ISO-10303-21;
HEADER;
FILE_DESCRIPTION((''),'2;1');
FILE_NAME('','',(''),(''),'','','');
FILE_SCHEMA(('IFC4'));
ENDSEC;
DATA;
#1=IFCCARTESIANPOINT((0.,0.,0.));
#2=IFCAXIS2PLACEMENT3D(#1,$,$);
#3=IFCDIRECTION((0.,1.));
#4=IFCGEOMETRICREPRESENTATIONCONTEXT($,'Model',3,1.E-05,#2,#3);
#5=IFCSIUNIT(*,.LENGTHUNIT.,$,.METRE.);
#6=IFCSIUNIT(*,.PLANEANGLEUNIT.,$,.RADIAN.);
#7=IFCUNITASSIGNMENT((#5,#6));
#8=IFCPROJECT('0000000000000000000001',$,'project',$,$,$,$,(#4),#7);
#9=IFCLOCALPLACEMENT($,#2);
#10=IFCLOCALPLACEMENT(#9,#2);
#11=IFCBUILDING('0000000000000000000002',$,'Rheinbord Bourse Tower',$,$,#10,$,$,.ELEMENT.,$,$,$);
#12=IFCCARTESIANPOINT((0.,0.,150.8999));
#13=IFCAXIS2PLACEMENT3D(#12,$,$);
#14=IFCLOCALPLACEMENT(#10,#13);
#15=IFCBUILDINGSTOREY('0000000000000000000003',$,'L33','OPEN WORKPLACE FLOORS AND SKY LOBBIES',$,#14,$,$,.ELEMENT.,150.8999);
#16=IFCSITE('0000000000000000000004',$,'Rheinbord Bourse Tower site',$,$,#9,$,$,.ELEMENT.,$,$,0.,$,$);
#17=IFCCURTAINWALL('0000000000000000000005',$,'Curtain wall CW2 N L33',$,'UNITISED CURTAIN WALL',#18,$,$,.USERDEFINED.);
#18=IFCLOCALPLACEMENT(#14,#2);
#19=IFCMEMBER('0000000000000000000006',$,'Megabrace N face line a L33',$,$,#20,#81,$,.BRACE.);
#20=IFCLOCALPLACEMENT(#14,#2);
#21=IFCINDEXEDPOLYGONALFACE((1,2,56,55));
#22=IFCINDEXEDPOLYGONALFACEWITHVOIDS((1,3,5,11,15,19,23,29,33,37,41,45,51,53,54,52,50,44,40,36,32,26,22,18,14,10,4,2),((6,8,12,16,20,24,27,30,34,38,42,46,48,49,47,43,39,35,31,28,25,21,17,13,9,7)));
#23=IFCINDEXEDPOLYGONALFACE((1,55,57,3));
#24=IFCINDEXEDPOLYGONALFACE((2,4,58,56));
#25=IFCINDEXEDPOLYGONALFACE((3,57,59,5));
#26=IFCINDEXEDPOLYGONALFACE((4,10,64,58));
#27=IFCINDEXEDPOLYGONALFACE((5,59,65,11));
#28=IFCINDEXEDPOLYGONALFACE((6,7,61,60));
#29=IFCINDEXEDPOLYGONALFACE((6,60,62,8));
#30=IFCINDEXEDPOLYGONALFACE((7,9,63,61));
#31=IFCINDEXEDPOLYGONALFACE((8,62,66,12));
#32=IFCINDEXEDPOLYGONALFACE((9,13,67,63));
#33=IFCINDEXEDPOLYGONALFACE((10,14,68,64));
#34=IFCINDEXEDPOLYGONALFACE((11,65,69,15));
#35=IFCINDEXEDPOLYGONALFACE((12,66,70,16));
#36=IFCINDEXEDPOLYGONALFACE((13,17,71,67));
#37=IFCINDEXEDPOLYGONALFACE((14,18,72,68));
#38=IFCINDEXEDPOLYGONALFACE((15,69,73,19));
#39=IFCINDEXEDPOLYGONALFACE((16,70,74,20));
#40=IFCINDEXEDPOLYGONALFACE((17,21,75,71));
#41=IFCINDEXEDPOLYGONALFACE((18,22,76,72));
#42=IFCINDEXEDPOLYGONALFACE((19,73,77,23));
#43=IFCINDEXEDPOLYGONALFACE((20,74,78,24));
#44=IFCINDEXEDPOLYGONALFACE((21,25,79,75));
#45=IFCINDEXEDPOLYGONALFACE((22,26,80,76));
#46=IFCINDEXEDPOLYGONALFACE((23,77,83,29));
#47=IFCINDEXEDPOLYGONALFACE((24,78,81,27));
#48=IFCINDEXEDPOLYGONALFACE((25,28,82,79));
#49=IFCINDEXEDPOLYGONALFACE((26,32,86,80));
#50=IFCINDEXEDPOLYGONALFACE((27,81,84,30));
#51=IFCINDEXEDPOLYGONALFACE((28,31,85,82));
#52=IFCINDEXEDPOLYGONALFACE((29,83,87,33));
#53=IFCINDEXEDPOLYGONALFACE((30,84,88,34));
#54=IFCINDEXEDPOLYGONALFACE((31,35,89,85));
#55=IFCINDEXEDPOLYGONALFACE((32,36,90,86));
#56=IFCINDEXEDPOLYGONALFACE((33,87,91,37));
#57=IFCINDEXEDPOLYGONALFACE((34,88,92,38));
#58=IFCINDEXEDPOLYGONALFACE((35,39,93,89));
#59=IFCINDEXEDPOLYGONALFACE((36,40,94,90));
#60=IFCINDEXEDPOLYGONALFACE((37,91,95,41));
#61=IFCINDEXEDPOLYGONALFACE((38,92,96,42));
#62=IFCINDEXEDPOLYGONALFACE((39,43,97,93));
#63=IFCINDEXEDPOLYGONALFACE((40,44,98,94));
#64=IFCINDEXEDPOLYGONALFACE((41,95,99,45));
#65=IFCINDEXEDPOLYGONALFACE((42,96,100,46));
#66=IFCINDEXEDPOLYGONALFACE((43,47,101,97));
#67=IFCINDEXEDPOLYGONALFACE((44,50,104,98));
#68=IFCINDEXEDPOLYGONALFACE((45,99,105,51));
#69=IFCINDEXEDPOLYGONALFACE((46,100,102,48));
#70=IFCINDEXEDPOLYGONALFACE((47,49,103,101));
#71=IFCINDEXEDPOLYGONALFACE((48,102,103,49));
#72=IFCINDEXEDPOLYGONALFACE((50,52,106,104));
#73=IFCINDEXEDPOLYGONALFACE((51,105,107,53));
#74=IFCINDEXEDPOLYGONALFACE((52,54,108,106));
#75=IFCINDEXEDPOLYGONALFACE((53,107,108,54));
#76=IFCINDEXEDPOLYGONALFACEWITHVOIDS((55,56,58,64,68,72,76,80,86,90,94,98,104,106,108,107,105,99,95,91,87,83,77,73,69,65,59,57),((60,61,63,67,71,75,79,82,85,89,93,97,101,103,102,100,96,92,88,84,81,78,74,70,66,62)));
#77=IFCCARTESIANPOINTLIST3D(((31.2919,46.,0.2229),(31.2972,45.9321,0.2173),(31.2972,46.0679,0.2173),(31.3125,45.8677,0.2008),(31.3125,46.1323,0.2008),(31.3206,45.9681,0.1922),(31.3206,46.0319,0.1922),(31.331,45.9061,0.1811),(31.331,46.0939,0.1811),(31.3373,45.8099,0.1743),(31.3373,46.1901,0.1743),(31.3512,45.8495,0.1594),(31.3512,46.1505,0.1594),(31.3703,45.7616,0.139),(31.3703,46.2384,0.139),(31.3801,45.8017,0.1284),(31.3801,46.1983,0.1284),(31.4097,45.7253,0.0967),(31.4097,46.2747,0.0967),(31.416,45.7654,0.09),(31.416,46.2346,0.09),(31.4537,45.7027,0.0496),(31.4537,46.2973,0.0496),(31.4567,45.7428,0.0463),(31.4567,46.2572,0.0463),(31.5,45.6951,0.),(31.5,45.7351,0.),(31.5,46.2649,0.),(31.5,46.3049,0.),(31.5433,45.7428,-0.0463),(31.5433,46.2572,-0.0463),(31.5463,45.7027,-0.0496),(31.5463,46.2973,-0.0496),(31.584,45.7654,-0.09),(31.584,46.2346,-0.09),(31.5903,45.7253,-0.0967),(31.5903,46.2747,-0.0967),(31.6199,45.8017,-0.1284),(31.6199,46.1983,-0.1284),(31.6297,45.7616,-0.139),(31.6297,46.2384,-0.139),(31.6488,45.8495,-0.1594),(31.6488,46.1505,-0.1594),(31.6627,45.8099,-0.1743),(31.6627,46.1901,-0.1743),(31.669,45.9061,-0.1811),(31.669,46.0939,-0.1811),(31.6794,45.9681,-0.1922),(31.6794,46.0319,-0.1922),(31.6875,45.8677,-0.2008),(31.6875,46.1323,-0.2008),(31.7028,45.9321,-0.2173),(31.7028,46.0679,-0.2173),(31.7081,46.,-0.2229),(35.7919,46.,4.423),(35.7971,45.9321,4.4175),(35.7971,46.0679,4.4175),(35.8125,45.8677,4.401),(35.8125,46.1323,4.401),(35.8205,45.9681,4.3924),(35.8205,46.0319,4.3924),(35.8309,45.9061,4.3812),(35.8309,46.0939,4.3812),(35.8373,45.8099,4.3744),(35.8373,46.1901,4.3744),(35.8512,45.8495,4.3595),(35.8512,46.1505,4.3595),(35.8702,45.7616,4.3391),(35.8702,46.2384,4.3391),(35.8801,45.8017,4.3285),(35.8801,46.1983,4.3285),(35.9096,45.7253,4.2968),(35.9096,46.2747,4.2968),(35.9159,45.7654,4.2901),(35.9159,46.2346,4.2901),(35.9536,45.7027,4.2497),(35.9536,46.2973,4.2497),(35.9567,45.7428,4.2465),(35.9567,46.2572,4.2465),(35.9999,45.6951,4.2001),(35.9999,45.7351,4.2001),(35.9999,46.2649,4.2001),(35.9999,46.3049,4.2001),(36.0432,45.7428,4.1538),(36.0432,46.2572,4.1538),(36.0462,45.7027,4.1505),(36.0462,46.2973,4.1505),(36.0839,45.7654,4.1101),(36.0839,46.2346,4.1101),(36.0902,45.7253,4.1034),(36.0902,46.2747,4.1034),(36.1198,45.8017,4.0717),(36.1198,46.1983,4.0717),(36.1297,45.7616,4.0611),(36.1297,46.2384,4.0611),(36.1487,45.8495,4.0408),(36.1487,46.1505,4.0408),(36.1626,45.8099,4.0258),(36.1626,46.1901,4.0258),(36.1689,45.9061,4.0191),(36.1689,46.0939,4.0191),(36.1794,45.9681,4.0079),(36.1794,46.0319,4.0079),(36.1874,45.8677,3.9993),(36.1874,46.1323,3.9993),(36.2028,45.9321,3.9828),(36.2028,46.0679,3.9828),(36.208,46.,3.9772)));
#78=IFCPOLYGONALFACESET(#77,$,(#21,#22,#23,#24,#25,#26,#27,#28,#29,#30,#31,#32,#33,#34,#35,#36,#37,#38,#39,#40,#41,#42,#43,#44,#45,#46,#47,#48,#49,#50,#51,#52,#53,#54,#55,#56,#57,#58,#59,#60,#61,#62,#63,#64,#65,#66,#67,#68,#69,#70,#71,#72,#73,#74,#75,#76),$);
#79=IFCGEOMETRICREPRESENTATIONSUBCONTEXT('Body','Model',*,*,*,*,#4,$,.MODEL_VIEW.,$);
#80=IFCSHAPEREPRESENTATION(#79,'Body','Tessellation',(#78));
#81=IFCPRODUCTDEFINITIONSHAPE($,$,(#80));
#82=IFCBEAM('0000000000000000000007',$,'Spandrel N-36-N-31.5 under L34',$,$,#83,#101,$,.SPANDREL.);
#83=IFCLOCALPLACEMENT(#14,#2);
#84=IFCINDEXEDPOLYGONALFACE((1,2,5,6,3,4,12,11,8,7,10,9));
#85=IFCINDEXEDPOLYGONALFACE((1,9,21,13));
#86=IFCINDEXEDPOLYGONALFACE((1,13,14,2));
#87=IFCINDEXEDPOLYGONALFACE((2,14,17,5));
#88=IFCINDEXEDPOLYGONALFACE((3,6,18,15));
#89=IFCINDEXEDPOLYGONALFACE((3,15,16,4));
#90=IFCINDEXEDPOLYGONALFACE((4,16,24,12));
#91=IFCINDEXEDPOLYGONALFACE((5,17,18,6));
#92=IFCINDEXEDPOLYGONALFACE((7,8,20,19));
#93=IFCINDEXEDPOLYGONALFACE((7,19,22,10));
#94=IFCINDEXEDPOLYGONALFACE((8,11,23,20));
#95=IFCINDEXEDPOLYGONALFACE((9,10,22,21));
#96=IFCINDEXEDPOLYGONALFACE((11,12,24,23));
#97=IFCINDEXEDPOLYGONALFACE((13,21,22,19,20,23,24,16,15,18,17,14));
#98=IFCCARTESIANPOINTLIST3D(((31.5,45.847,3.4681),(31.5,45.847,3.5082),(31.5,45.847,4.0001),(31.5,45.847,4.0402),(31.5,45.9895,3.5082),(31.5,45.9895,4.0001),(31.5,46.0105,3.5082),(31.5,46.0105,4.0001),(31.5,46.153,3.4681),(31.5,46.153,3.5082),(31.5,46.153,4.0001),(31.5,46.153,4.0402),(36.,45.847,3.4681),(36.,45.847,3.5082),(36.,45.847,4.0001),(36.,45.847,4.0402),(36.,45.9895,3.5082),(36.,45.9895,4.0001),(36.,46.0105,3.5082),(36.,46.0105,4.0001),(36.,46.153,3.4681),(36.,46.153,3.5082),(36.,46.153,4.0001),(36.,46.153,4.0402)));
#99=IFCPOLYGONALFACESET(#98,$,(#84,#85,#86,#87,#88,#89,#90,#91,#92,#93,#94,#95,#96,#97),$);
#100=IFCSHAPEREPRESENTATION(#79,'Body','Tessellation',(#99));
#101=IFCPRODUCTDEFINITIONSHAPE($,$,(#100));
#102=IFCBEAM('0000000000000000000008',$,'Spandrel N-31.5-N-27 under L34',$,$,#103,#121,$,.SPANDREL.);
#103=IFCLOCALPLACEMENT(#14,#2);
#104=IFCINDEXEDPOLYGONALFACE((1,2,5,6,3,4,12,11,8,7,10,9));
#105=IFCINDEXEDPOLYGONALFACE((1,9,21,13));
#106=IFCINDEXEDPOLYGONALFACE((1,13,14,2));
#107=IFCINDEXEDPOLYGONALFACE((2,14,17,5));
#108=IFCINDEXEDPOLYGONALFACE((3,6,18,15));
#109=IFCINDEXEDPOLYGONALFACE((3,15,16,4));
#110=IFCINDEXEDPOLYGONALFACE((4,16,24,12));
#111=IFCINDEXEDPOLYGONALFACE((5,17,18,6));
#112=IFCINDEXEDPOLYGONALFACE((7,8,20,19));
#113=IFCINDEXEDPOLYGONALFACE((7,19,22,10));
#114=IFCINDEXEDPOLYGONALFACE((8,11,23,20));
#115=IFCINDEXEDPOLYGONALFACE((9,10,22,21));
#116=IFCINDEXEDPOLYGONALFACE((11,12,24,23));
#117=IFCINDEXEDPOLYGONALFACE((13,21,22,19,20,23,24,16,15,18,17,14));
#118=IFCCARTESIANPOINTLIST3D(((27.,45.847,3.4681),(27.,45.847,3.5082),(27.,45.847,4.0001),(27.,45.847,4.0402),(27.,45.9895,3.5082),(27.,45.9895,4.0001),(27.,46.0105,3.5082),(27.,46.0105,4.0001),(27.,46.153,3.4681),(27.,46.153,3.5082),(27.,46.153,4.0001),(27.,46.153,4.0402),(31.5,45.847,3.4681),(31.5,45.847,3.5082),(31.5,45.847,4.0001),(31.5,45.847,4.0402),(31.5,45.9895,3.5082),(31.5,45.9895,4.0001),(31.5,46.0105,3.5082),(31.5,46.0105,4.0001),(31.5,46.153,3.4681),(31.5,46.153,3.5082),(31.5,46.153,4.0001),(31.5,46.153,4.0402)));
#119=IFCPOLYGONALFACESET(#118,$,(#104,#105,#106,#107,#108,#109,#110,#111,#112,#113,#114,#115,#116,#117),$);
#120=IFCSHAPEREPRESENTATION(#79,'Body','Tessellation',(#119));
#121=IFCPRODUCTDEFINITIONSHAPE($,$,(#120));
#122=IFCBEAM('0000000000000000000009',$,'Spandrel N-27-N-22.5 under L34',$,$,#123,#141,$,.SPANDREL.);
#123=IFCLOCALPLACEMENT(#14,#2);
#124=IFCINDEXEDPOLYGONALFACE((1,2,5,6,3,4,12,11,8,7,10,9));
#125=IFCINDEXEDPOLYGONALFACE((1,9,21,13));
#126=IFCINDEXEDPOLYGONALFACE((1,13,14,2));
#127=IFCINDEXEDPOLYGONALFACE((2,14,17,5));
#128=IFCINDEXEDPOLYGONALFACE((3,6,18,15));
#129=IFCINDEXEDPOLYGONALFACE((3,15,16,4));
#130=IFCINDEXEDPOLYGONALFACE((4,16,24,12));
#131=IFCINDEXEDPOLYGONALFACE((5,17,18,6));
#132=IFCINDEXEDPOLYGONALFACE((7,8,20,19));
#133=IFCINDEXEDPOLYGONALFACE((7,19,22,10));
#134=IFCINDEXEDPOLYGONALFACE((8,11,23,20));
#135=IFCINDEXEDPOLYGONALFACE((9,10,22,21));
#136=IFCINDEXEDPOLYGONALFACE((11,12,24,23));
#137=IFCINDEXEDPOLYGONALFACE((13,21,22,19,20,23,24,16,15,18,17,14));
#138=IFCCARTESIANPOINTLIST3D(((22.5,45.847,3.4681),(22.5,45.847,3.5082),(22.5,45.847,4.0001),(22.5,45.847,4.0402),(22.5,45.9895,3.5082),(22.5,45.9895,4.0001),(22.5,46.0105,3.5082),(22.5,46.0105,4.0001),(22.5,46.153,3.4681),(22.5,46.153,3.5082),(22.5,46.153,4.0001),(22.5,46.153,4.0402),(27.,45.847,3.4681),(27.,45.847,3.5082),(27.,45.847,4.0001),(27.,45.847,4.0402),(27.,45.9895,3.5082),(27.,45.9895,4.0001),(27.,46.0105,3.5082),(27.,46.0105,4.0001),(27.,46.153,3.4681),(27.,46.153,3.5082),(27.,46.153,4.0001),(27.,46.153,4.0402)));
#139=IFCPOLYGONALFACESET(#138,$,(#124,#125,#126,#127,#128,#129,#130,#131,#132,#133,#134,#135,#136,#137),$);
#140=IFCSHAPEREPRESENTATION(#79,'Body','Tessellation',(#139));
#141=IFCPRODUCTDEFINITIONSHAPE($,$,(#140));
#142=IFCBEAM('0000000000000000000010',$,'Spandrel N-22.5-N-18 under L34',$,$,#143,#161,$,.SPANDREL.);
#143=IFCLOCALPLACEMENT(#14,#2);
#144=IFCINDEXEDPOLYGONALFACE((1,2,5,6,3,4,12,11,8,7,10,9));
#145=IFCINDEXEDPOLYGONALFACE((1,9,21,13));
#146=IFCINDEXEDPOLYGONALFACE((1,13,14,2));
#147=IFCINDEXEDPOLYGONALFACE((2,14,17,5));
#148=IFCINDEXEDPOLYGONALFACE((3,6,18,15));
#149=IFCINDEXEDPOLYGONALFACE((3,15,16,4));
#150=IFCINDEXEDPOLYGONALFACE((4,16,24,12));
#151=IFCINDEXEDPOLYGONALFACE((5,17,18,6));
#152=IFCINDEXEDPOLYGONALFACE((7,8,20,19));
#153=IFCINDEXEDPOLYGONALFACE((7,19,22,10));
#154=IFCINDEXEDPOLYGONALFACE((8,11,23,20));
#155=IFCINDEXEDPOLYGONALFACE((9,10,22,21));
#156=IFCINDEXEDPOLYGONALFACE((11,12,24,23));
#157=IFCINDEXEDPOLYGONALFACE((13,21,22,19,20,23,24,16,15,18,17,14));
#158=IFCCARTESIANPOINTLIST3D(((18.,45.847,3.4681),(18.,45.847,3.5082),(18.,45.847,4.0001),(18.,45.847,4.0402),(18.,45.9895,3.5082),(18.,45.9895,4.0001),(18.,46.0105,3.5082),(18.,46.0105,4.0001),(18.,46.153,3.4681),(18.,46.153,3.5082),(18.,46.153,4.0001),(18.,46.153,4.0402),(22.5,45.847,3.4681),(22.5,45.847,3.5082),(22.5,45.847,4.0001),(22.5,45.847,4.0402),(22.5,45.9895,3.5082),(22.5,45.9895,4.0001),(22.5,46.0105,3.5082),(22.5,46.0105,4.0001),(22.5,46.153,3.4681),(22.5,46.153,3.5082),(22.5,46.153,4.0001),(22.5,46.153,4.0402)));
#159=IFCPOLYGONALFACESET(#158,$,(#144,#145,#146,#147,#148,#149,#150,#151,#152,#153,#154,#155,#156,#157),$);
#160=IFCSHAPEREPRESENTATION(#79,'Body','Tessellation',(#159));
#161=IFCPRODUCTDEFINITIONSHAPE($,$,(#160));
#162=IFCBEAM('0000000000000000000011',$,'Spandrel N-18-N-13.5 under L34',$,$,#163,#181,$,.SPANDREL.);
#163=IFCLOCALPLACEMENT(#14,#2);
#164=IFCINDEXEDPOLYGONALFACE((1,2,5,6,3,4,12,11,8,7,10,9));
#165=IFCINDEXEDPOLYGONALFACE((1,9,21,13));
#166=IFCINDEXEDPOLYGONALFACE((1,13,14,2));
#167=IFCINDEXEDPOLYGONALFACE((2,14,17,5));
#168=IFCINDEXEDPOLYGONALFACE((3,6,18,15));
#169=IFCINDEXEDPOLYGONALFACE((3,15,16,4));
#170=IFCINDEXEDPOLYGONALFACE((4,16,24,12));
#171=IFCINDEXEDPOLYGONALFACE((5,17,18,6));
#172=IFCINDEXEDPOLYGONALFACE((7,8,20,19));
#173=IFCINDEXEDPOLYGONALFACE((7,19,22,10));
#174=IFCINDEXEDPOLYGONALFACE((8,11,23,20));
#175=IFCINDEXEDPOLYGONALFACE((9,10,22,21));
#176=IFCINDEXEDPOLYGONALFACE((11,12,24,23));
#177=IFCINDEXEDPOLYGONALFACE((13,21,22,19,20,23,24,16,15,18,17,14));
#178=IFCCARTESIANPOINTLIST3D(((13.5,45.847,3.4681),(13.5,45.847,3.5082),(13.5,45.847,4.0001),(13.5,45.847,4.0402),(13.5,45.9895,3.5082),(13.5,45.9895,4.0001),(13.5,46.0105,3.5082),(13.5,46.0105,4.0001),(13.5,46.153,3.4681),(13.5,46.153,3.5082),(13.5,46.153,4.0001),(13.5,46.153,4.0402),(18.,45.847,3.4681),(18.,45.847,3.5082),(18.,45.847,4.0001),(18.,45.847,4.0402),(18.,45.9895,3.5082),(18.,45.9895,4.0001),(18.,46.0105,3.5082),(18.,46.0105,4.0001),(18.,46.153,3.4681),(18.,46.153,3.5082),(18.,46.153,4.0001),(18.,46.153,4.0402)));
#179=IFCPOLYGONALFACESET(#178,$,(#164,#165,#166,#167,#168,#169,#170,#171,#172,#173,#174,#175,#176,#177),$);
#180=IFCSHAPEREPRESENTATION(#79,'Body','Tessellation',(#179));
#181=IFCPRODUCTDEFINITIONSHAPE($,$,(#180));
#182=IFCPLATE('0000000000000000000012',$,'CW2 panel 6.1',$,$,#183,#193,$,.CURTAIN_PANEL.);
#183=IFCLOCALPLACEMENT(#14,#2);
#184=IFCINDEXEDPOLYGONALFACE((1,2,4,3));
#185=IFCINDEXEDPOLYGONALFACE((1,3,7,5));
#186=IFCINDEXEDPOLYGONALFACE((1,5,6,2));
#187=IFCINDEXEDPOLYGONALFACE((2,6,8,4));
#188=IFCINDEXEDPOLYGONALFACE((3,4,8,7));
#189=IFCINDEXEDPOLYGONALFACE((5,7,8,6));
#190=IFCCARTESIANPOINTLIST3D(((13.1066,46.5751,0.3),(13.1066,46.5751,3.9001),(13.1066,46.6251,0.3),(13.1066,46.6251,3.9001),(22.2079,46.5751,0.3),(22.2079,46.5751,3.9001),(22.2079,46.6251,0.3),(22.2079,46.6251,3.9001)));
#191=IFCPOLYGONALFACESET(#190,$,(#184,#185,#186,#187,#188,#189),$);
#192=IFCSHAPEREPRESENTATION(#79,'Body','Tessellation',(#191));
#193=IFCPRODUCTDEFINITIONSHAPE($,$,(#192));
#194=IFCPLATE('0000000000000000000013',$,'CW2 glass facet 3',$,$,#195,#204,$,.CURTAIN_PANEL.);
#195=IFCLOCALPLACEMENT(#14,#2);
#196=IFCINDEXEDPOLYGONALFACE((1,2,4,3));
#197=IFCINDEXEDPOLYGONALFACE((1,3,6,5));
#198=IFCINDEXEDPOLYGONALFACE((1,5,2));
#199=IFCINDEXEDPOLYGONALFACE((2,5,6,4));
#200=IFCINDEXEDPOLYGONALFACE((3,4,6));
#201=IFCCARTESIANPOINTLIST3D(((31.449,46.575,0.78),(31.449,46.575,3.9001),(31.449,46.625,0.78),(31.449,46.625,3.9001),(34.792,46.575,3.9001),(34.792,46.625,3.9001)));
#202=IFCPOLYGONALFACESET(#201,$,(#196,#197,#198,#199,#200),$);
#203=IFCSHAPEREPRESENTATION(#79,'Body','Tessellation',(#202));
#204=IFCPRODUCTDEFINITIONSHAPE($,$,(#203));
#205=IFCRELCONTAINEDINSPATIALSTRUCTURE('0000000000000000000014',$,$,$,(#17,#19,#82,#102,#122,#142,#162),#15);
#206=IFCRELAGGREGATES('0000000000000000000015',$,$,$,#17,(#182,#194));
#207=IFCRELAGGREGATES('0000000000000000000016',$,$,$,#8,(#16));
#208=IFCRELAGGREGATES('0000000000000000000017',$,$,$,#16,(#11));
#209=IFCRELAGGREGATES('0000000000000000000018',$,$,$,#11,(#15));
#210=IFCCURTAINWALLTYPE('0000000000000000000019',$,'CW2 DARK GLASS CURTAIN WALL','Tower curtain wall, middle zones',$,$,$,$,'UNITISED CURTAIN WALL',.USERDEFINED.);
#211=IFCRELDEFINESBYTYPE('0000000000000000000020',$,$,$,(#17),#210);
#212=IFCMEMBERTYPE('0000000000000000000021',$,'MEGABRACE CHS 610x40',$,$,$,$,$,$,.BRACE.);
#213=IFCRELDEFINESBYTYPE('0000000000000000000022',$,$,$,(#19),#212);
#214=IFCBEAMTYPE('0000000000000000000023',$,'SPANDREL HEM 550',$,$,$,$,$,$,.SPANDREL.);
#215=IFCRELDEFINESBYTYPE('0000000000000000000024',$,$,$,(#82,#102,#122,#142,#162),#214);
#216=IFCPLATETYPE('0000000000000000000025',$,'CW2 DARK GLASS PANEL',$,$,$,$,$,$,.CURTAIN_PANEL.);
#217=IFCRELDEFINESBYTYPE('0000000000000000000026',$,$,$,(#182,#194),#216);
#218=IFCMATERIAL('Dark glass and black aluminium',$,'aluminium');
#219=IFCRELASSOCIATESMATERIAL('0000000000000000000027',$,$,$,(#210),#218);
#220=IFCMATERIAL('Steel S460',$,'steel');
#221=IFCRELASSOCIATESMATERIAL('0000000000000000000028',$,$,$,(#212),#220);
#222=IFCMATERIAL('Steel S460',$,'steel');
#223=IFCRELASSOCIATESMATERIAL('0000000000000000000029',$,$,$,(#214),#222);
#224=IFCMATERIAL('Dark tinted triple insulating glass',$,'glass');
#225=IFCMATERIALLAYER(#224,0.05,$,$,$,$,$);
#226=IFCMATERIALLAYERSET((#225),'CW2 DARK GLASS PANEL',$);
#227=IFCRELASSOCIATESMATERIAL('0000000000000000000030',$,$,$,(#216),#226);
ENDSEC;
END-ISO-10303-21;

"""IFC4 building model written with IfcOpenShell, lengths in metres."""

from ifc_helpers import new_model, si_unit, direction, frame, origin, origin_2d, place, context, subcontext, project, spatial, polyline, rectangle, hollow_circle, i_section, outline, extrude, material, layer, layer_set, material_profile, profile_set, type_object, element, aggregate, save


model = new_model("IFC4")

# Units and contexts
model_context = context("Model", 3, precision=1e-05, world=origin(), true_north=direction((0.0, 1.0)))
body_context = subcontext(model_context, "Body", "Model", "MODEL_VIEW")
ifc_project = project(units=[si_unit("LENGTHUNIT", "METRE"), si_unit("PLANEANGLEUNIT", "RADIAN")], contexts=[model_context])

# Site, building, storey
site_placement = place(None, origin())
site = spatial("IfcSite", under=ifc_project, at=site_placement, Name="Rheinbord Bourse Tower site", CompositionType="ELEMENT", RefElevation=0.0)
building_placement = place(site_placement, origin())
building = spatial("IfcBuilding", under=site, at=building_placement, Name="Rheinbord Bourse Tower", CompositionType="ELEMENT")
storey_placement = place(building_placement, frame((0.0, 0.0, 150.8999)))
storey = spatial("IfcBuildingStorey", under=building, at=storey_placement, Name="L33", Description="OPEN WORKPLACE FLOORS AND SKY LOBBIES", CompositionType="ELEMENT", Elevation=150.8999)

# Curtain wall
ifc_material_1 = material(Name="Dark glass and black aluminium", Category="aluminium")
curtain_wall_type = type_object("IfcCurtainWallType", Name="CW2 DARK GLASS CURTAIN WALL", Description="Tower curtain wall, middle zones", ElementType="UNITISED CURTAIN WALL", PredefinedType="USERDEFINED", material=ifc_material_1)
curtain_wall_placement = place(storey_placement, origin())
curtain_wall = element("IfcCurtainWall", 1, at=curtain_wall_placement, inside=storey, type_object=curtain_wall_type, Name="Curtain wall CW2 N L33", ObjectType="UNITISED CURTAIN WALL", PredefinedType="USERDEFINED")

# Member
ifc_material_2 = material(Name="Steel S460", Category="steel")
ifc_material_profile_1 = material_profile(ifc_material_2, hollow_circle(Radius=0.3049, WallThickness=0.04, at=origin_2d()), Name="CHS 610x40")
ifc_profile_set_1 = profile_set([ifc_material_profile_1], Name="Steel S460")
member_type_1 = type_object("IfcMemberType", Name="MEGABRACE CHS 610x40", PredefinedType="BRACE", material=ifc_profile_set_1)
member_1_placement = place(storey_placement, frame((31.5, 46.0, 0.0), z_axis=(0.731039, 0.0, 0.682335), x_axis=(0.0, 1.0, 0.0)))
element("IfcMember", 2, at=member_1_placement, inside=storey, type_object=member_type_1, Name="Megabrace N face line a L33", PredefinedType="BRACE", context=body_context, shape_type="SweptSolid", body=[
    extrude(hollow_circle(Radius=0.3049, WallThickness=0.04, at=origin_2d()), origin(), (0.0, 0.0, 1.0), 6.1555),
])

# Beams
ifc_material_3 = material(Name="Steel S460", Category="steel")
ifc_material_profile_2 = material_profile(ifc_material_3, i_section(OverallWidth=0.3059, OverallDepth=0.572, WebThickness=0.021, FlangeThickness=0.04, at=origin_2d()), Name="HEM 550")
ifc_profile_set_2 = profile_set([ifc_material_profile_2], Name="Steel S460")
beam_type_1 = type_object("IfcBeamType", Name="SPANDREL HEM 550", PredefinedType="SPANDREL", material=ifc_profile_set_2)
for number, where, z_axis, x_axis, name in (
    (3, (36.0, 46.0, 3.7542), (-1.0, 0.0, 0.0), (0.0, -1.0, 0.0), "Spandrel N-36-N-31.5 under L34"),
    (4, (31.5, 46.0, 3.7542), (-1.0, 0.0, 0.0), (0.0, -1.0, 0.0), "Spandrel N-31.5-N-27 under L34"),
    (5, (27.0, 46.0, 3.7542), (-1.0, 0.0, 0.0), (0.0, -1.0, 0.0), "Spandrel N-27-N-22.5 under L34"),
    (6, (22.5, 46.0, 3.7542), (-1.0, 0.0, 0.0), (0.0, -1.0, 0.0), "Spandrel N-22.5-N-18 under L34"),
    (7, (18.0, 46.0, 3.7542), (-1.0, 0.0, 0.0), (0.0, -1.0, 0.0), "Spandrel N-18-N-13.5 under L34"),
):
    element("IfcBeam", number, at=place(storey_placement, frame(where, z_axis=z_axis, x_axis=x_axis)), inside=storey, type_object=beam_type_1, Name=name, PredefinedType="SPANDREL", context=body_context, shape_type="SweptSolid", body=[
        extrude(i_section(OverallWidth=0.3059, OverallDepth=0.572, WebThickness=0.021, FlangeThickness=0.04, at=origin_2d()), origin(), (0.0, 0.0, 1.0), 4.5),
    ])

# Plates
ifc_material_4 = material(Name="Dark tinted triple insulating glass", Category="glass")
ifc_layer_1 = layer(ifc_material_4, 0.05)
ifc_layer_set_1 = layer_set([ifc_layer_1], Name="CW2 DARK GLASS PANEL")
plate_type = type_object("IfcPlateType", Name="CW2 DARK GLASS PANEL", PredefinedType="CURTAIN_PANEL", material=ifc_layer_set_1)
plate_1_placement = place(storey_placement, frame((17.6572, 46.6001, 0.3), z_axis=(0.0, 0.0, 1.0), x_axis=(-1.0, 0.0, 0.0)))
plate_1 = element("IfcPlate", 8, at=plate_1_placement, type_object=plate_type, Name="CW2 panel 6.1", PredefinedType="CURTAIN_PANEL", context=body_context, shape_type="SweptSolid", body=[
    extrude(rectangle(XDim=9.1013, YDim=0.05, at=origin_2d()), origin(), (0.0, 0.0, 1.0), 3.6001),
])
plate_2_placement = place(storey_placement, frame((31.449, 46.625, 3.9001), z_axis=(0.0, -1.0, 0.0), x_axis=(0.0, 0.0, -1.0)))
plate_2 = element("IfcPlate", 9, at=plate_2_placement, type_object=plate_type, Name="CW2 glass facet 3", PredefinedType="CURTAIN_PANEL", context=body_context, shape_type="SweptSolid", body=[
    extrude(outline(polyline([(0.0, 0.0), (3.1201, 0.0), (0.0, 3.343), (0.0, 0.0)])), origin(), (0.0, 0.0, 1.0), 0.05),
])
aggregate(curtain_wall, [plate_1, plate_2])

save(model, "model.ifc")
